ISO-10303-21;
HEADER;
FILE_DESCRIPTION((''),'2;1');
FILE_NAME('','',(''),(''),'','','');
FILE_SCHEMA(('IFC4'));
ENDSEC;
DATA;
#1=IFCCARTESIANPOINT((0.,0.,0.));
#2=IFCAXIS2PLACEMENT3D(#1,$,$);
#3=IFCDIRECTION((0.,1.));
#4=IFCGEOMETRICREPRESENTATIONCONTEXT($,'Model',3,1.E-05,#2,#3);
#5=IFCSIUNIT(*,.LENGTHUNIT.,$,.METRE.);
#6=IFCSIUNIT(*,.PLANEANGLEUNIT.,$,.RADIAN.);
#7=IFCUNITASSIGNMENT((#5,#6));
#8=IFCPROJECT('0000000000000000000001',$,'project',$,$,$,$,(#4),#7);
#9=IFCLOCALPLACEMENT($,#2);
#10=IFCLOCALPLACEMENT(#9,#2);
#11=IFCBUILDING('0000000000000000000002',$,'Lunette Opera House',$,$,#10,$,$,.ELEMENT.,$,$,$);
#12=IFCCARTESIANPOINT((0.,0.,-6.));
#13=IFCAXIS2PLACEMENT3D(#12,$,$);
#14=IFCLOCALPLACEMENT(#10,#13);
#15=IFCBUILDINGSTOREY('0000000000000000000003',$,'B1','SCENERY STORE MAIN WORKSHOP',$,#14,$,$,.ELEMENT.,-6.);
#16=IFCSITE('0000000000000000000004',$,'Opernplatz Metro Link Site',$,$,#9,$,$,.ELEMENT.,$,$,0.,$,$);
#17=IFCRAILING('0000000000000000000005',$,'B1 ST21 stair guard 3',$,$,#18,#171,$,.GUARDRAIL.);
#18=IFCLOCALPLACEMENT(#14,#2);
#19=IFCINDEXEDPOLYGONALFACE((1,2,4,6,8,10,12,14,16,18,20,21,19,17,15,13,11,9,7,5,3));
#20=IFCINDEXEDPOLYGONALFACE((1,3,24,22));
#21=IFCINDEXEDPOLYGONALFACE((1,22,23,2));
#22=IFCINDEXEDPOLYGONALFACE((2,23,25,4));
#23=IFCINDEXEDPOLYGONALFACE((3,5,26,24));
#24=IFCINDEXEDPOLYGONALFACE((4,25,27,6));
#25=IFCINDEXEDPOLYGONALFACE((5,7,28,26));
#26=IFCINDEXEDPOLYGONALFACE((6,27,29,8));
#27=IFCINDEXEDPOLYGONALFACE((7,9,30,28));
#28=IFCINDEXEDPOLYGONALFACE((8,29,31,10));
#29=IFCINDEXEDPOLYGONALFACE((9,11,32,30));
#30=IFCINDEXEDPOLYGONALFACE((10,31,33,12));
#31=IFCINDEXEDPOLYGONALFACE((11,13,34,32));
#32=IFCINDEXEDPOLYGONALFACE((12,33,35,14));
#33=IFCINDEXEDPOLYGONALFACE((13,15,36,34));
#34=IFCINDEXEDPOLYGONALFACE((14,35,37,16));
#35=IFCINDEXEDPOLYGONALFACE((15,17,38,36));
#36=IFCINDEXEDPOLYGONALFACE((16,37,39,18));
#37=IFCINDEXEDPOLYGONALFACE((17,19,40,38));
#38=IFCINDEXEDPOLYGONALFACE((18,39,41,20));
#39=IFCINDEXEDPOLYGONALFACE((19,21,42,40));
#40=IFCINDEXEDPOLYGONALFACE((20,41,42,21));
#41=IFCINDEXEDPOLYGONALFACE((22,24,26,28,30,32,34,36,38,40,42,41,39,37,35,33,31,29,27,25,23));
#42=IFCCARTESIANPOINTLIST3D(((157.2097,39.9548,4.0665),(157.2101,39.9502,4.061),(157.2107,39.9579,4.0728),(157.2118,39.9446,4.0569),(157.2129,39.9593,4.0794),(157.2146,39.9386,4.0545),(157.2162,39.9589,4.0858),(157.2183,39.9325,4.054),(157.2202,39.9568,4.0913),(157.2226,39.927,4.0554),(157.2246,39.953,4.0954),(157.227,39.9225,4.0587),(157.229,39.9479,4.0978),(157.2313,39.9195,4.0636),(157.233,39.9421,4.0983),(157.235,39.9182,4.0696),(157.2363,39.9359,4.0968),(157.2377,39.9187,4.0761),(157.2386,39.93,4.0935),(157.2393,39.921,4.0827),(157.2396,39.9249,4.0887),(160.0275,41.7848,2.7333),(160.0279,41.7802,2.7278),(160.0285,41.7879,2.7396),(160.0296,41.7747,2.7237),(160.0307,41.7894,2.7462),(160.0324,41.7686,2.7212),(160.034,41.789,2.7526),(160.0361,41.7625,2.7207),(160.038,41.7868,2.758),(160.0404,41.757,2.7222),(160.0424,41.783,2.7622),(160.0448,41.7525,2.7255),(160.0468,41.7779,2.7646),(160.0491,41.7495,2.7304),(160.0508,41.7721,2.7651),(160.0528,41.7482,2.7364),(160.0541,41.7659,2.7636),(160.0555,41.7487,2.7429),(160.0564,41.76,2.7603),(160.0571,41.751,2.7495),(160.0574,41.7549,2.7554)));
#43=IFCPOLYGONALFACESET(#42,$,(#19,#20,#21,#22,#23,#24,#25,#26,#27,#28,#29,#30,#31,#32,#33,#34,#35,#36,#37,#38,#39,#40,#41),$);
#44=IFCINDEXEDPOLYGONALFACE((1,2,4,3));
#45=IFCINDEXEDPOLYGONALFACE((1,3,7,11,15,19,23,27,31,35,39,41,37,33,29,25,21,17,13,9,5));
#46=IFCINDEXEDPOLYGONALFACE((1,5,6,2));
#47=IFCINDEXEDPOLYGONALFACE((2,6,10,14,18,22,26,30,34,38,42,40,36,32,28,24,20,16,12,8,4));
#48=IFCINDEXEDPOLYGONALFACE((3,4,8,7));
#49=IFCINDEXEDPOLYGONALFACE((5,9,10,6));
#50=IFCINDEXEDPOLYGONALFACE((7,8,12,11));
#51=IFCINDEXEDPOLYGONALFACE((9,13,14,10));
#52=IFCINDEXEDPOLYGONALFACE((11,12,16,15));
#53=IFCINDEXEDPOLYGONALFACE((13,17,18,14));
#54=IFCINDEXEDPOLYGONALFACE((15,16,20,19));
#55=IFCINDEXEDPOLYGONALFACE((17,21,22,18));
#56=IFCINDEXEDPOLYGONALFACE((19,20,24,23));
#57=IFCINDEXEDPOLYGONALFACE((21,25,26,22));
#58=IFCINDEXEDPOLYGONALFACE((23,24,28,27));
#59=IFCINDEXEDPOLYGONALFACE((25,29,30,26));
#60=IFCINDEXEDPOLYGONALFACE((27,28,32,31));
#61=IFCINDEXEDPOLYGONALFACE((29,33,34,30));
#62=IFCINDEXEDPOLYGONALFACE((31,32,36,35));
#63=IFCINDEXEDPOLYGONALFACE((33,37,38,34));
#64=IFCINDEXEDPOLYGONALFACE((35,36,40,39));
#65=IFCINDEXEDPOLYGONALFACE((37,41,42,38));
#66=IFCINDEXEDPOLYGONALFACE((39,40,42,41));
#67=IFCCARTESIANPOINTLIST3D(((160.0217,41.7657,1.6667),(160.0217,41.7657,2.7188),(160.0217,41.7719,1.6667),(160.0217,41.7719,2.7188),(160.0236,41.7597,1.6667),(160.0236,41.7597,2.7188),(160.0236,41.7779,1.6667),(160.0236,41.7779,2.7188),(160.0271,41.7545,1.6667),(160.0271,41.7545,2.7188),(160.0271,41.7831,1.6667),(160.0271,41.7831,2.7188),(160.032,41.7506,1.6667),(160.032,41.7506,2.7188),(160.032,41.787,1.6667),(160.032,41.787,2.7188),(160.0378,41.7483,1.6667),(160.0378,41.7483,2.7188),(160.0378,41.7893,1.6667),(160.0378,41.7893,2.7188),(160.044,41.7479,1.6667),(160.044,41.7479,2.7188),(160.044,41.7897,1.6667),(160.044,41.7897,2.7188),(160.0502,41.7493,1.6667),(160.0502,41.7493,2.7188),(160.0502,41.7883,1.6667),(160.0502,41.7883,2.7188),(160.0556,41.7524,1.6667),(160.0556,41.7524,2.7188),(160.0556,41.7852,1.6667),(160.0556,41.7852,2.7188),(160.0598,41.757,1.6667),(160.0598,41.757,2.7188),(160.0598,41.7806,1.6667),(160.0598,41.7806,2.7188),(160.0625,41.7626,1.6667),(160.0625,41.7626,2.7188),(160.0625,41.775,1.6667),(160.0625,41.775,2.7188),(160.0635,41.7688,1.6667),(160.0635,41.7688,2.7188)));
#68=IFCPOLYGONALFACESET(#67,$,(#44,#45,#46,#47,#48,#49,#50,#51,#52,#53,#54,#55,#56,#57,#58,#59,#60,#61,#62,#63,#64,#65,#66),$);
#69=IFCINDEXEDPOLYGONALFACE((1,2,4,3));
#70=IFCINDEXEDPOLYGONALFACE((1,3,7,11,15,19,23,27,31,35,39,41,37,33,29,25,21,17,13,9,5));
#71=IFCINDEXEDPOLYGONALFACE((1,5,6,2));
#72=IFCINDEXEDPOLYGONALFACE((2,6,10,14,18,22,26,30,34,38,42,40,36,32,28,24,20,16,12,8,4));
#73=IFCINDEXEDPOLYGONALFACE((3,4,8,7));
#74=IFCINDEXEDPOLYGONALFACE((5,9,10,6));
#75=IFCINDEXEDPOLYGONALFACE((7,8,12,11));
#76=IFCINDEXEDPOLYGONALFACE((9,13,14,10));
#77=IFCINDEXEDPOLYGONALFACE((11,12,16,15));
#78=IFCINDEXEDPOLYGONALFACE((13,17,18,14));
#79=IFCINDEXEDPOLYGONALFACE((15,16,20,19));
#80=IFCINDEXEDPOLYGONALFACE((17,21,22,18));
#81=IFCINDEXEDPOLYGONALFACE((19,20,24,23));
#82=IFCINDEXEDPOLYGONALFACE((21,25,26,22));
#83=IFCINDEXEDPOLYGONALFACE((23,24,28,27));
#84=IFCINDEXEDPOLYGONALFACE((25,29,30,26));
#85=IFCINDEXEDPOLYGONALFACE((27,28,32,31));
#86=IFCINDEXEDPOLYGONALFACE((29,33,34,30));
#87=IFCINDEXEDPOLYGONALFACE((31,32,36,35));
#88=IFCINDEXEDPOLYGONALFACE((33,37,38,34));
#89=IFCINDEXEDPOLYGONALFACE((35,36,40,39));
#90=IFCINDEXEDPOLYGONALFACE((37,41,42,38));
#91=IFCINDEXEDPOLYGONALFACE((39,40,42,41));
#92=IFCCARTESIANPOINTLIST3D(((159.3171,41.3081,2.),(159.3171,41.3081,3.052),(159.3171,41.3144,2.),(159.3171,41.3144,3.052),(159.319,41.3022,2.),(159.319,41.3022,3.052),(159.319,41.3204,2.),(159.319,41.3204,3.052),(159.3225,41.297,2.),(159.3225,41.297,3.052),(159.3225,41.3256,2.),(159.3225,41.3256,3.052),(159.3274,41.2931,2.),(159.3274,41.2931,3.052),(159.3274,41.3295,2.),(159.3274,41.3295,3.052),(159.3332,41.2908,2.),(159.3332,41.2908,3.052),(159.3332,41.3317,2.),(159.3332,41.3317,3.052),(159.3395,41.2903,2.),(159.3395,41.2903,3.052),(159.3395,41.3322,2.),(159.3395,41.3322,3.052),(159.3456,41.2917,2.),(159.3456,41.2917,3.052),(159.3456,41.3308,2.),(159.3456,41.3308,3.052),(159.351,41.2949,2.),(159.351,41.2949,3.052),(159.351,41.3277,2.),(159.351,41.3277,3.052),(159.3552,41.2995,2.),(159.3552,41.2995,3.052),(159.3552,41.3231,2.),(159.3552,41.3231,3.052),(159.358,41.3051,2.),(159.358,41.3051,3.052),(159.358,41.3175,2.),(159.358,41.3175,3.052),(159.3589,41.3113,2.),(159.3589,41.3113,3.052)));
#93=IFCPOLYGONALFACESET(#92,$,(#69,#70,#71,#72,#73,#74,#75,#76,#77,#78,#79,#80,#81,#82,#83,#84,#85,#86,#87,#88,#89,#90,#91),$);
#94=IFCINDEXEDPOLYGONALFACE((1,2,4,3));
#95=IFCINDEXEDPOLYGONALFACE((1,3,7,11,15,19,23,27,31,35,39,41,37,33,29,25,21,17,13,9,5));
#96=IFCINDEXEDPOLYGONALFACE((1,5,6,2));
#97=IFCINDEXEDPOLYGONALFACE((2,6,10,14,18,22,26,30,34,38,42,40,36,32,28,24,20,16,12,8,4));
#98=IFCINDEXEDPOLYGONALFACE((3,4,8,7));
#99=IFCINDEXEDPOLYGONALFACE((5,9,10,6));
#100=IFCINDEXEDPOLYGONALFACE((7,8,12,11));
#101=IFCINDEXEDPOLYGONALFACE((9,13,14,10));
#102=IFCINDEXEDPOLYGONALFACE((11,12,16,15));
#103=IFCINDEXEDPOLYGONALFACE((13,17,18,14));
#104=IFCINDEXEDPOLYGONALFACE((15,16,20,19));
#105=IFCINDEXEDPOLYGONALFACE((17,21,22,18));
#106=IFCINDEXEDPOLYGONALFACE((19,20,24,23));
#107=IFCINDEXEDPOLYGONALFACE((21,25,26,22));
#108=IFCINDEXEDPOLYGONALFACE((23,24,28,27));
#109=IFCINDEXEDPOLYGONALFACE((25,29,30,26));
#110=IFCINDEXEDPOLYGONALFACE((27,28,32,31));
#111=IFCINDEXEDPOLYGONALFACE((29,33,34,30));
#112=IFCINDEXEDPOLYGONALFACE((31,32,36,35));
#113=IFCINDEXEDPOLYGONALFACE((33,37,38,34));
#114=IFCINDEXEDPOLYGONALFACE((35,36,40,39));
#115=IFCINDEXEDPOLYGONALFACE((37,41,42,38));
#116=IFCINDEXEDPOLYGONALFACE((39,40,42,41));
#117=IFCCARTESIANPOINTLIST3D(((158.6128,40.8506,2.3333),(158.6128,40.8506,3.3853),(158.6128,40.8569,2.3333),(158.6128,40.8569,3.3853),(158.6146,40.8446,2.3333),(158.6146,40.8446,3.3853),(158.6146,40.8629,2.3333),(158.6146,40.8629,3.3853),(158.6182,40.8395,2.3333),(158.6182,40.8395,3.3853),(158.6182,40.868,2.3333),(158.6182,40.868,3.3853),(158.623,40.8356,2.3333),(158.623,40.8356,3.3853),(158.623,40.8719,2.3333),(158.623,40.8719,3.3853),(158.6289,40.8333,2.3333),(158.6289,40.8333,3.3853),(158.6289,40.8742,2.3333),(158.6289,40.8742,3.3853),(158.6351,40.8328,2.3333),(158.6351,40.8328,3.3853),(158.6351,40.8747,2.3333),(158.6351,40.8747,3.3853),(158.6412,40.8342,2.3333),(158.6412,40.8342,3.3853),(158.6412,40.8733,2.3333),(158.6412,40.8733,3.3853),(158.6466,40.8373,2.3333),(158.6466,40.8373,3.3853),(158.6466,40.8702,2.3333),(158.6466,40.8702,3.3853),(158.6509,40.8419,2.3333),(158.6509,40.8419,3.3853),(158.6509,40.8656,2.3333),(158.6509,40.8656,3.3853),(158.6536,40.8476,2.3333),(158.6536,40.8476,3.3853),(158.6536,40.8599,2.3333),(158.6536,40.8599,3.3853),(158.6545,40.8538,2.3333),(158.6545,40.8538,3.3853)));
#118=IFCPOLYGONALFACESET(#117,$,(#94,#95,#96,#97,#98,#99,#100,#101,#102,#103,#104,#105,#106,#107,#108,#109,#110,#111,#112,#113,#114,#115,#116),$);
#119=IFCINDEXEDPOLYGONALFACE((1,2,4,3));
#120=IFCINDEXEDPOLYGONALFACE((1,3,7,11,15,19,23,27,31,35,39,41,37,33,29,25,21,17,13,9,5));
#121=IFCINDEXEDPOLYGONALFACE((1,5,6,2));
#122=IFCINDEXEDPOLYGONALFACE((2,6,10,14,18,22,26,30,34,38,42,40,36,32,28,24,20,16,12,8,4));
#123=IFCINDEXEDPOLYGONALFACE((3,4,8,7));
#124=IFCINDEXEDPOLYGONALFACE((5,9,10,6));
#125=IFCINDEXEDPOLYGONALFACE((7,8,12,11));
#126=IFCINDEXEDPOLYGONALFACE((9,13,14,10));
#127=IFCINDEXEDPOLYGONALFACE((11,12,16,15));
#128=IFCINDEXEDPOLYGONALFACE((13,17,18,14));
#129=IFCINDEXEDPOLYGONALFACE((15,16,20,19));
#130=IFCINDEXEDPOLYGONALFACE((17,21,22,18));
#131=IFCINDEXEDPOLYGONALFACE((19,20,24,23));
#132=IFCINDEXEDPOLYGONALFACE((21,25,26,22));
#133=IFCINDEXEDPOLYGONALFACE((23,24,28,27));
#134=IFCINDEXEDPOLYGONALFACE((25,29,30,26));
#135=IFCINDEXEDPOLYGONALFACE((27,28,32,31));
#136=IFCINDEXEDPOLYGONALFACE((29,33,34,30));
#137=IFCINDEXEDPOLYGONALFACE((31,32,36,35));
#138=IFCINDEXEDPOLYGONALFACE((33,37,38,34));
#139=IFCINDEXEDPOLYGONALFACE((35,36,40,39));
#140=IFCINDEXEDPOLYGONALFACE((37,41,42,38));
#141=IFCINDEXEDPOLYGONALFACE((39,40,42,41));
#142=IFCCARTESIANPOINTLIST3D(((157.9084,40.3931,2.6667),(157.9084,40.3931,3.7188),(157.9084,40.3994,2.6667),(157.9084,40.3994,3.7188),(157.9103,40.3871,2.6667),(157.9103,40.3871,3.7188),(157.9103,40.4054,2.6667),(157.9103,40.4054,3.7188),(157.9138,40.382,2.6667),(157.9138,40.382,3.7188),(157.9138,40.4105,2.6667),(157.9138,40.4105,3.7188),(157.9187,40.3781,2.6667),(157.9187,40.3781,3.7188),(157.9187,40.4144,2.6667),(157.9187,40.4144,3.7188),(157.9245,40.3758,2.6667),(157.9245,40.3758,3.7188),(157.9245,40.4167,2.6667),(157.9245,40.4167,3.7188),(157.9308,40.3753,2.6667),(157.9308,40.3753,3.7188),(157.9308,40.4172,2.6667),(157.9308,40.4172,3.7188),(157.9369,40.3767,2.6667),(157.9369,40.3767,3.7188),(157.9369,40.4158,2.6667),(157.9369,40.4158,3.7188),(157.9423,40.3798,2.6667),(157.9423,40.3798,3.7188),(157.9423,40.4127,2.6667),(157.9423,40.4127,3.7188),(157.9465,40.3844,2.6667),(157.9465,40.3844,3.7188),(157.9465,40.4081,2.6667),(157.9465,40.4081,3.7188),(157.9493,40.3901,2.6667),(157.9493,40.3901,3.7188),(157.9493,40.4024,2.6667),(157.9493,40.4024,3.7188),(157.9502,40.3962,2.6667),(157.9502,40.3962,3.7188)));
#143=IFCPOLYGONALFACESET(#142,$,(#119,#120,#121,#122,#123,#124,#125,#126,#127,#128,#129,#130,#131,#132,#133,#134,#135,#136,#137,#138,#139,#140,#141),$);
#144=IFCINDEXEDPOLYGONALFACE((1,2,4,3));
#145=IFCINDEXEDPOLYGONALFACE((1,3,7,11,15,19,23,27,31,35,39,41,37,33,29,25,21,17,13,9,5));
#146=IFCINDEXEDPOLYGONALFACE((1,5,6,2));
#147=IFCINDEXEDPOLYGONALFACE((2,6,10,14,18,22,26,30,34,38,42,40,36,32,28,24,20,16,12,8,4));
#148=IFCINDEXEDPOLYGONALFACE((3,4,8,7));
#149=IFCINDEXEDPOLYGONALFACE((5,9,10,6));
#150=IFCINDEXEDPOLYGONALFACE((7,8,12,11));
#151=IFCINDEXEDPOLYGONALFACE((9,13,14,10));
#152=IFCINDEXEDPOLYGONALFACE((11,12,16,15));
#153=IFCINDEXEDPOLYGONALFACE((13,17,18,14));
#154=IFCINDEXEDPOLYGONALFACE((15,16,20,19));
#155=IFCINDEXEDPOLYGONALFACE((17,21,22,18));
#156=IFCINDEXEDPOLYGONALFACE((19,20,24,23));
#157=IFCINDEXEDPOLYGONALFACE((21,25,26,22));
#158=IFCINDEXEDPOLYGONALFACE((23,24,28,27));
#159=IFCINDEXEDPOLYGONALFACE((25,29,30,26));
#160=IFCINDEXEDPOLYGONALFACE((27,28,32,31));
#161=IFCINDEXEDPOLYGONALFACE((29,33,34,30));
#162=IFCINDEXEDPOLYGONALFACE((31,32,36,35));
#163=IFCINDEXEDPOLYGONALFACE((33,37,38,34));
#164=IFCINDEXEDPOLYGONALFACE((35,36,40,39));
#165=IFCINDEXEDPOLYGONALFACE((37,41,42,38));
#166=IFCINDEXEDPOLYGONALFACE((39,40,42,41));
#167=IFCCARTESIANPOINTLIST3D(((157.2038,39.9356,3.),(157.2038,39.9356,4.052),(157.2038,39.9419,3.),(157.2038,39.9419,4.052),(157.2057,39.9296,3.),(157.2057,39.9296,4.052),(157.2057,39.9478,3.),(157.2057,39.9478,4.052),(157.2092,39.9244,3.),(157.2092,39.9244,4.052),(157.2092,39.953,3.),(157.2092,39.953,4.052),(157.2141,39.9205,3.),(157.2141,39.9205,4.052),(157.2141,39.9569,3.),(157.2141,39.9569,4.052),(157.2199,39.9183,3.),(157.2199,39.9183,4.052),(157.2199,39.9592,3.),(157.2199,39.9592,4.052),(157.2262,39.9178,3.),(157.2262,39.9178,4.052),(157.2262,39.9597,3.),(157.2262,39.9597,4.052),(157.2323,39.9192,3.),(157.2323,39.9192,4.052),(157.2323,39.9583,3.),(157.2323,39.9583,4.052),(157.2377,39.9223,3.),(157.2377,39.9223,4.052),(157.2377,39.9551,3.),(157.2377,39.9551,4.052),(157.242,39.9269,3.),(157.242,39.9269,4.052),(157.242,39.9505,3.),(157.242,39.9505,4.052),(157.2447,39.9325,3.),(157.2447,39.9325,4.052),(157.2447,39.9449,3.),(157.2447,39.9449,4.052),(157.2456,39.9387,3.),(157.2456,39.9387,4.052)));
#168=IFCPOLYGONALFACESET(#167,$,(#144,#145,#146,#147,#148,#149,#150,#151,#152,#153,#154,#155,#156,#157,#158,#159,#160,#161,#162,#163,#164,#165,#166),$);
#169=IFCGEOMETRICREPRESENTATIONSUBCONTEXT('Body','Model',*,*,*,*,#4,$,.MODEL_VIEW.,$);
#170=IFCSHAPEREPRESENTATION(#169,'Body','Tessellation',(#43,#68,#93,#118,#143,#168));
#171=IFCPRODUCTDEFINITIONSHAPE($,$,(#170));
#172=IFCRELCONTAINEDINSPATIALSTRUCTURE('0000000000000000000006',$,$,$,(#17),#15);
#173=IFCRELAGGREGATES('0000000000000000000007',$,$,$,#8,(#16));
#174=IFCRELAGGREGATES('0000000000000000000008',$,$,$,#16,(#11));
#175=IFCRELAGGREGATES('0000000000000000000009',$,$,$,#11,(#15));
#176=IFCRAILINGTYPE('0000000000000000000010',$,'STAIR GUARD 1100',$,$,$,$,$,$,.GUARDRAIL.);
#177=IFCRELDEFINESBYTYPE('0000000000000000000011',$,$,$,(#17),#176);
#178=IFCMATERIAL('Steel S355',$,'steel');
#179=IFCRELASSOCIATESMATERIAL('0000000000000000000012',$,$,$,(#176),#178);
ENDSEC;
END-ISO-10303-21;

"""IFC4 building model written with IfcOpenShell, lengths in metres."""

from ifc_helpers import new_model, si_unit, direction, frame, origin, origin_2d, place, context, subcontext, project, spatial, circle, extrude, material, type_object, element, save


model = new_model("IFC4")

# Units and contexts
model_context = context("Model", 3, precision=1e-05, world=origin(), true_north=direction((0.0, 1.0)))
body_context = subcontext(model_context, "Body", "Model", "MODEL_VIEW")
ifc_project = project(units=[si_unit("LENGTHUNIT", "METRE"), si_unit("PLANEANGLEUNIT", "RADIAN")], contexts=[model_context])

# Site, building, storey
site_placement = place(None, origin())
site = spatial("IfcSite", under=ifc_project, at=site_placement, Name="Opernplatz Metro Link Site", CompositionType="ELEMENT", RefElevation=0.0)
building_placement = place(site_placement, origin())
building = spatial("IfcBuilding", under=site, at=building_placement, Name="Lunette Opera House", CompositionType="ELEMENT")
storey_placement = place(building_placement, frame((0.0, 0.0, -6.0)))
storey = spatial("IfcBuildingStorey", under=building, at=storey_placement, Name="B1", Description="SCENERY STORE MAIN WORKSHOP", CompositionType="ELEMENT", Elevation=-6.0)

# Railing
ifc_material_1 = material(Name="Steel S355", Category="steel")
railing_type_1 = type_object("IfcRailingType", Name="STAIR GUARD 1100", PredefinedType="GUARDRAIL", material=ifc_material_1)
railing_1_placement = place(storey_placement, frame((160.0425, 41.7688, 1.6667)))
element("IfcRailing", 1, at=railing_1_placement, inside=storey, type_object=railing_type_1, Name="B1 ST21 stair guard 3", PredefinedType="GUARDRAIL", context=body_context, shape_type="SweptSolid", body=[
    extrude(circle(Radius=0.0239, at=origin_2d()), frame((0.0, 0.0, 1.0762), z_axis=(-0.779526, -0.506267, 0.368826), x_axis=(0.544667, -0.838653, 0.0)), (0.0, 0.0, 1.0), 3.6147),
    extrude(circle(Radius=0.021, at=origin_2d()), origin(), (0.0, 0.0, 1.0), 1.052),
    extrude(circle(Radius=0.021, at=origin_2d()), frame((-0.7046, -0.4575, 0.3333)), (0.0, 0.0, 1.0), 1.052),
    extrude(circle(Radius=0.021, at=origin_2d()), frame((-1.4089, -0.915, 0.6665)), (0.0, 0.0, 1.0), 1.052),
    extrude(circle(Radius=0.021, at=origin_2d()), frame((-2.1133, -1.3726, 1.0)), (0.0, 0.0, 1.0), 1.052),
    extrude(circle(Radius=0.021, at=origin_2d()), frame((-2.8179, -1.8301, 1.3333)), (0.0, 0.0, 1.0), 1.052),
])

save(model, "model.ifc")
